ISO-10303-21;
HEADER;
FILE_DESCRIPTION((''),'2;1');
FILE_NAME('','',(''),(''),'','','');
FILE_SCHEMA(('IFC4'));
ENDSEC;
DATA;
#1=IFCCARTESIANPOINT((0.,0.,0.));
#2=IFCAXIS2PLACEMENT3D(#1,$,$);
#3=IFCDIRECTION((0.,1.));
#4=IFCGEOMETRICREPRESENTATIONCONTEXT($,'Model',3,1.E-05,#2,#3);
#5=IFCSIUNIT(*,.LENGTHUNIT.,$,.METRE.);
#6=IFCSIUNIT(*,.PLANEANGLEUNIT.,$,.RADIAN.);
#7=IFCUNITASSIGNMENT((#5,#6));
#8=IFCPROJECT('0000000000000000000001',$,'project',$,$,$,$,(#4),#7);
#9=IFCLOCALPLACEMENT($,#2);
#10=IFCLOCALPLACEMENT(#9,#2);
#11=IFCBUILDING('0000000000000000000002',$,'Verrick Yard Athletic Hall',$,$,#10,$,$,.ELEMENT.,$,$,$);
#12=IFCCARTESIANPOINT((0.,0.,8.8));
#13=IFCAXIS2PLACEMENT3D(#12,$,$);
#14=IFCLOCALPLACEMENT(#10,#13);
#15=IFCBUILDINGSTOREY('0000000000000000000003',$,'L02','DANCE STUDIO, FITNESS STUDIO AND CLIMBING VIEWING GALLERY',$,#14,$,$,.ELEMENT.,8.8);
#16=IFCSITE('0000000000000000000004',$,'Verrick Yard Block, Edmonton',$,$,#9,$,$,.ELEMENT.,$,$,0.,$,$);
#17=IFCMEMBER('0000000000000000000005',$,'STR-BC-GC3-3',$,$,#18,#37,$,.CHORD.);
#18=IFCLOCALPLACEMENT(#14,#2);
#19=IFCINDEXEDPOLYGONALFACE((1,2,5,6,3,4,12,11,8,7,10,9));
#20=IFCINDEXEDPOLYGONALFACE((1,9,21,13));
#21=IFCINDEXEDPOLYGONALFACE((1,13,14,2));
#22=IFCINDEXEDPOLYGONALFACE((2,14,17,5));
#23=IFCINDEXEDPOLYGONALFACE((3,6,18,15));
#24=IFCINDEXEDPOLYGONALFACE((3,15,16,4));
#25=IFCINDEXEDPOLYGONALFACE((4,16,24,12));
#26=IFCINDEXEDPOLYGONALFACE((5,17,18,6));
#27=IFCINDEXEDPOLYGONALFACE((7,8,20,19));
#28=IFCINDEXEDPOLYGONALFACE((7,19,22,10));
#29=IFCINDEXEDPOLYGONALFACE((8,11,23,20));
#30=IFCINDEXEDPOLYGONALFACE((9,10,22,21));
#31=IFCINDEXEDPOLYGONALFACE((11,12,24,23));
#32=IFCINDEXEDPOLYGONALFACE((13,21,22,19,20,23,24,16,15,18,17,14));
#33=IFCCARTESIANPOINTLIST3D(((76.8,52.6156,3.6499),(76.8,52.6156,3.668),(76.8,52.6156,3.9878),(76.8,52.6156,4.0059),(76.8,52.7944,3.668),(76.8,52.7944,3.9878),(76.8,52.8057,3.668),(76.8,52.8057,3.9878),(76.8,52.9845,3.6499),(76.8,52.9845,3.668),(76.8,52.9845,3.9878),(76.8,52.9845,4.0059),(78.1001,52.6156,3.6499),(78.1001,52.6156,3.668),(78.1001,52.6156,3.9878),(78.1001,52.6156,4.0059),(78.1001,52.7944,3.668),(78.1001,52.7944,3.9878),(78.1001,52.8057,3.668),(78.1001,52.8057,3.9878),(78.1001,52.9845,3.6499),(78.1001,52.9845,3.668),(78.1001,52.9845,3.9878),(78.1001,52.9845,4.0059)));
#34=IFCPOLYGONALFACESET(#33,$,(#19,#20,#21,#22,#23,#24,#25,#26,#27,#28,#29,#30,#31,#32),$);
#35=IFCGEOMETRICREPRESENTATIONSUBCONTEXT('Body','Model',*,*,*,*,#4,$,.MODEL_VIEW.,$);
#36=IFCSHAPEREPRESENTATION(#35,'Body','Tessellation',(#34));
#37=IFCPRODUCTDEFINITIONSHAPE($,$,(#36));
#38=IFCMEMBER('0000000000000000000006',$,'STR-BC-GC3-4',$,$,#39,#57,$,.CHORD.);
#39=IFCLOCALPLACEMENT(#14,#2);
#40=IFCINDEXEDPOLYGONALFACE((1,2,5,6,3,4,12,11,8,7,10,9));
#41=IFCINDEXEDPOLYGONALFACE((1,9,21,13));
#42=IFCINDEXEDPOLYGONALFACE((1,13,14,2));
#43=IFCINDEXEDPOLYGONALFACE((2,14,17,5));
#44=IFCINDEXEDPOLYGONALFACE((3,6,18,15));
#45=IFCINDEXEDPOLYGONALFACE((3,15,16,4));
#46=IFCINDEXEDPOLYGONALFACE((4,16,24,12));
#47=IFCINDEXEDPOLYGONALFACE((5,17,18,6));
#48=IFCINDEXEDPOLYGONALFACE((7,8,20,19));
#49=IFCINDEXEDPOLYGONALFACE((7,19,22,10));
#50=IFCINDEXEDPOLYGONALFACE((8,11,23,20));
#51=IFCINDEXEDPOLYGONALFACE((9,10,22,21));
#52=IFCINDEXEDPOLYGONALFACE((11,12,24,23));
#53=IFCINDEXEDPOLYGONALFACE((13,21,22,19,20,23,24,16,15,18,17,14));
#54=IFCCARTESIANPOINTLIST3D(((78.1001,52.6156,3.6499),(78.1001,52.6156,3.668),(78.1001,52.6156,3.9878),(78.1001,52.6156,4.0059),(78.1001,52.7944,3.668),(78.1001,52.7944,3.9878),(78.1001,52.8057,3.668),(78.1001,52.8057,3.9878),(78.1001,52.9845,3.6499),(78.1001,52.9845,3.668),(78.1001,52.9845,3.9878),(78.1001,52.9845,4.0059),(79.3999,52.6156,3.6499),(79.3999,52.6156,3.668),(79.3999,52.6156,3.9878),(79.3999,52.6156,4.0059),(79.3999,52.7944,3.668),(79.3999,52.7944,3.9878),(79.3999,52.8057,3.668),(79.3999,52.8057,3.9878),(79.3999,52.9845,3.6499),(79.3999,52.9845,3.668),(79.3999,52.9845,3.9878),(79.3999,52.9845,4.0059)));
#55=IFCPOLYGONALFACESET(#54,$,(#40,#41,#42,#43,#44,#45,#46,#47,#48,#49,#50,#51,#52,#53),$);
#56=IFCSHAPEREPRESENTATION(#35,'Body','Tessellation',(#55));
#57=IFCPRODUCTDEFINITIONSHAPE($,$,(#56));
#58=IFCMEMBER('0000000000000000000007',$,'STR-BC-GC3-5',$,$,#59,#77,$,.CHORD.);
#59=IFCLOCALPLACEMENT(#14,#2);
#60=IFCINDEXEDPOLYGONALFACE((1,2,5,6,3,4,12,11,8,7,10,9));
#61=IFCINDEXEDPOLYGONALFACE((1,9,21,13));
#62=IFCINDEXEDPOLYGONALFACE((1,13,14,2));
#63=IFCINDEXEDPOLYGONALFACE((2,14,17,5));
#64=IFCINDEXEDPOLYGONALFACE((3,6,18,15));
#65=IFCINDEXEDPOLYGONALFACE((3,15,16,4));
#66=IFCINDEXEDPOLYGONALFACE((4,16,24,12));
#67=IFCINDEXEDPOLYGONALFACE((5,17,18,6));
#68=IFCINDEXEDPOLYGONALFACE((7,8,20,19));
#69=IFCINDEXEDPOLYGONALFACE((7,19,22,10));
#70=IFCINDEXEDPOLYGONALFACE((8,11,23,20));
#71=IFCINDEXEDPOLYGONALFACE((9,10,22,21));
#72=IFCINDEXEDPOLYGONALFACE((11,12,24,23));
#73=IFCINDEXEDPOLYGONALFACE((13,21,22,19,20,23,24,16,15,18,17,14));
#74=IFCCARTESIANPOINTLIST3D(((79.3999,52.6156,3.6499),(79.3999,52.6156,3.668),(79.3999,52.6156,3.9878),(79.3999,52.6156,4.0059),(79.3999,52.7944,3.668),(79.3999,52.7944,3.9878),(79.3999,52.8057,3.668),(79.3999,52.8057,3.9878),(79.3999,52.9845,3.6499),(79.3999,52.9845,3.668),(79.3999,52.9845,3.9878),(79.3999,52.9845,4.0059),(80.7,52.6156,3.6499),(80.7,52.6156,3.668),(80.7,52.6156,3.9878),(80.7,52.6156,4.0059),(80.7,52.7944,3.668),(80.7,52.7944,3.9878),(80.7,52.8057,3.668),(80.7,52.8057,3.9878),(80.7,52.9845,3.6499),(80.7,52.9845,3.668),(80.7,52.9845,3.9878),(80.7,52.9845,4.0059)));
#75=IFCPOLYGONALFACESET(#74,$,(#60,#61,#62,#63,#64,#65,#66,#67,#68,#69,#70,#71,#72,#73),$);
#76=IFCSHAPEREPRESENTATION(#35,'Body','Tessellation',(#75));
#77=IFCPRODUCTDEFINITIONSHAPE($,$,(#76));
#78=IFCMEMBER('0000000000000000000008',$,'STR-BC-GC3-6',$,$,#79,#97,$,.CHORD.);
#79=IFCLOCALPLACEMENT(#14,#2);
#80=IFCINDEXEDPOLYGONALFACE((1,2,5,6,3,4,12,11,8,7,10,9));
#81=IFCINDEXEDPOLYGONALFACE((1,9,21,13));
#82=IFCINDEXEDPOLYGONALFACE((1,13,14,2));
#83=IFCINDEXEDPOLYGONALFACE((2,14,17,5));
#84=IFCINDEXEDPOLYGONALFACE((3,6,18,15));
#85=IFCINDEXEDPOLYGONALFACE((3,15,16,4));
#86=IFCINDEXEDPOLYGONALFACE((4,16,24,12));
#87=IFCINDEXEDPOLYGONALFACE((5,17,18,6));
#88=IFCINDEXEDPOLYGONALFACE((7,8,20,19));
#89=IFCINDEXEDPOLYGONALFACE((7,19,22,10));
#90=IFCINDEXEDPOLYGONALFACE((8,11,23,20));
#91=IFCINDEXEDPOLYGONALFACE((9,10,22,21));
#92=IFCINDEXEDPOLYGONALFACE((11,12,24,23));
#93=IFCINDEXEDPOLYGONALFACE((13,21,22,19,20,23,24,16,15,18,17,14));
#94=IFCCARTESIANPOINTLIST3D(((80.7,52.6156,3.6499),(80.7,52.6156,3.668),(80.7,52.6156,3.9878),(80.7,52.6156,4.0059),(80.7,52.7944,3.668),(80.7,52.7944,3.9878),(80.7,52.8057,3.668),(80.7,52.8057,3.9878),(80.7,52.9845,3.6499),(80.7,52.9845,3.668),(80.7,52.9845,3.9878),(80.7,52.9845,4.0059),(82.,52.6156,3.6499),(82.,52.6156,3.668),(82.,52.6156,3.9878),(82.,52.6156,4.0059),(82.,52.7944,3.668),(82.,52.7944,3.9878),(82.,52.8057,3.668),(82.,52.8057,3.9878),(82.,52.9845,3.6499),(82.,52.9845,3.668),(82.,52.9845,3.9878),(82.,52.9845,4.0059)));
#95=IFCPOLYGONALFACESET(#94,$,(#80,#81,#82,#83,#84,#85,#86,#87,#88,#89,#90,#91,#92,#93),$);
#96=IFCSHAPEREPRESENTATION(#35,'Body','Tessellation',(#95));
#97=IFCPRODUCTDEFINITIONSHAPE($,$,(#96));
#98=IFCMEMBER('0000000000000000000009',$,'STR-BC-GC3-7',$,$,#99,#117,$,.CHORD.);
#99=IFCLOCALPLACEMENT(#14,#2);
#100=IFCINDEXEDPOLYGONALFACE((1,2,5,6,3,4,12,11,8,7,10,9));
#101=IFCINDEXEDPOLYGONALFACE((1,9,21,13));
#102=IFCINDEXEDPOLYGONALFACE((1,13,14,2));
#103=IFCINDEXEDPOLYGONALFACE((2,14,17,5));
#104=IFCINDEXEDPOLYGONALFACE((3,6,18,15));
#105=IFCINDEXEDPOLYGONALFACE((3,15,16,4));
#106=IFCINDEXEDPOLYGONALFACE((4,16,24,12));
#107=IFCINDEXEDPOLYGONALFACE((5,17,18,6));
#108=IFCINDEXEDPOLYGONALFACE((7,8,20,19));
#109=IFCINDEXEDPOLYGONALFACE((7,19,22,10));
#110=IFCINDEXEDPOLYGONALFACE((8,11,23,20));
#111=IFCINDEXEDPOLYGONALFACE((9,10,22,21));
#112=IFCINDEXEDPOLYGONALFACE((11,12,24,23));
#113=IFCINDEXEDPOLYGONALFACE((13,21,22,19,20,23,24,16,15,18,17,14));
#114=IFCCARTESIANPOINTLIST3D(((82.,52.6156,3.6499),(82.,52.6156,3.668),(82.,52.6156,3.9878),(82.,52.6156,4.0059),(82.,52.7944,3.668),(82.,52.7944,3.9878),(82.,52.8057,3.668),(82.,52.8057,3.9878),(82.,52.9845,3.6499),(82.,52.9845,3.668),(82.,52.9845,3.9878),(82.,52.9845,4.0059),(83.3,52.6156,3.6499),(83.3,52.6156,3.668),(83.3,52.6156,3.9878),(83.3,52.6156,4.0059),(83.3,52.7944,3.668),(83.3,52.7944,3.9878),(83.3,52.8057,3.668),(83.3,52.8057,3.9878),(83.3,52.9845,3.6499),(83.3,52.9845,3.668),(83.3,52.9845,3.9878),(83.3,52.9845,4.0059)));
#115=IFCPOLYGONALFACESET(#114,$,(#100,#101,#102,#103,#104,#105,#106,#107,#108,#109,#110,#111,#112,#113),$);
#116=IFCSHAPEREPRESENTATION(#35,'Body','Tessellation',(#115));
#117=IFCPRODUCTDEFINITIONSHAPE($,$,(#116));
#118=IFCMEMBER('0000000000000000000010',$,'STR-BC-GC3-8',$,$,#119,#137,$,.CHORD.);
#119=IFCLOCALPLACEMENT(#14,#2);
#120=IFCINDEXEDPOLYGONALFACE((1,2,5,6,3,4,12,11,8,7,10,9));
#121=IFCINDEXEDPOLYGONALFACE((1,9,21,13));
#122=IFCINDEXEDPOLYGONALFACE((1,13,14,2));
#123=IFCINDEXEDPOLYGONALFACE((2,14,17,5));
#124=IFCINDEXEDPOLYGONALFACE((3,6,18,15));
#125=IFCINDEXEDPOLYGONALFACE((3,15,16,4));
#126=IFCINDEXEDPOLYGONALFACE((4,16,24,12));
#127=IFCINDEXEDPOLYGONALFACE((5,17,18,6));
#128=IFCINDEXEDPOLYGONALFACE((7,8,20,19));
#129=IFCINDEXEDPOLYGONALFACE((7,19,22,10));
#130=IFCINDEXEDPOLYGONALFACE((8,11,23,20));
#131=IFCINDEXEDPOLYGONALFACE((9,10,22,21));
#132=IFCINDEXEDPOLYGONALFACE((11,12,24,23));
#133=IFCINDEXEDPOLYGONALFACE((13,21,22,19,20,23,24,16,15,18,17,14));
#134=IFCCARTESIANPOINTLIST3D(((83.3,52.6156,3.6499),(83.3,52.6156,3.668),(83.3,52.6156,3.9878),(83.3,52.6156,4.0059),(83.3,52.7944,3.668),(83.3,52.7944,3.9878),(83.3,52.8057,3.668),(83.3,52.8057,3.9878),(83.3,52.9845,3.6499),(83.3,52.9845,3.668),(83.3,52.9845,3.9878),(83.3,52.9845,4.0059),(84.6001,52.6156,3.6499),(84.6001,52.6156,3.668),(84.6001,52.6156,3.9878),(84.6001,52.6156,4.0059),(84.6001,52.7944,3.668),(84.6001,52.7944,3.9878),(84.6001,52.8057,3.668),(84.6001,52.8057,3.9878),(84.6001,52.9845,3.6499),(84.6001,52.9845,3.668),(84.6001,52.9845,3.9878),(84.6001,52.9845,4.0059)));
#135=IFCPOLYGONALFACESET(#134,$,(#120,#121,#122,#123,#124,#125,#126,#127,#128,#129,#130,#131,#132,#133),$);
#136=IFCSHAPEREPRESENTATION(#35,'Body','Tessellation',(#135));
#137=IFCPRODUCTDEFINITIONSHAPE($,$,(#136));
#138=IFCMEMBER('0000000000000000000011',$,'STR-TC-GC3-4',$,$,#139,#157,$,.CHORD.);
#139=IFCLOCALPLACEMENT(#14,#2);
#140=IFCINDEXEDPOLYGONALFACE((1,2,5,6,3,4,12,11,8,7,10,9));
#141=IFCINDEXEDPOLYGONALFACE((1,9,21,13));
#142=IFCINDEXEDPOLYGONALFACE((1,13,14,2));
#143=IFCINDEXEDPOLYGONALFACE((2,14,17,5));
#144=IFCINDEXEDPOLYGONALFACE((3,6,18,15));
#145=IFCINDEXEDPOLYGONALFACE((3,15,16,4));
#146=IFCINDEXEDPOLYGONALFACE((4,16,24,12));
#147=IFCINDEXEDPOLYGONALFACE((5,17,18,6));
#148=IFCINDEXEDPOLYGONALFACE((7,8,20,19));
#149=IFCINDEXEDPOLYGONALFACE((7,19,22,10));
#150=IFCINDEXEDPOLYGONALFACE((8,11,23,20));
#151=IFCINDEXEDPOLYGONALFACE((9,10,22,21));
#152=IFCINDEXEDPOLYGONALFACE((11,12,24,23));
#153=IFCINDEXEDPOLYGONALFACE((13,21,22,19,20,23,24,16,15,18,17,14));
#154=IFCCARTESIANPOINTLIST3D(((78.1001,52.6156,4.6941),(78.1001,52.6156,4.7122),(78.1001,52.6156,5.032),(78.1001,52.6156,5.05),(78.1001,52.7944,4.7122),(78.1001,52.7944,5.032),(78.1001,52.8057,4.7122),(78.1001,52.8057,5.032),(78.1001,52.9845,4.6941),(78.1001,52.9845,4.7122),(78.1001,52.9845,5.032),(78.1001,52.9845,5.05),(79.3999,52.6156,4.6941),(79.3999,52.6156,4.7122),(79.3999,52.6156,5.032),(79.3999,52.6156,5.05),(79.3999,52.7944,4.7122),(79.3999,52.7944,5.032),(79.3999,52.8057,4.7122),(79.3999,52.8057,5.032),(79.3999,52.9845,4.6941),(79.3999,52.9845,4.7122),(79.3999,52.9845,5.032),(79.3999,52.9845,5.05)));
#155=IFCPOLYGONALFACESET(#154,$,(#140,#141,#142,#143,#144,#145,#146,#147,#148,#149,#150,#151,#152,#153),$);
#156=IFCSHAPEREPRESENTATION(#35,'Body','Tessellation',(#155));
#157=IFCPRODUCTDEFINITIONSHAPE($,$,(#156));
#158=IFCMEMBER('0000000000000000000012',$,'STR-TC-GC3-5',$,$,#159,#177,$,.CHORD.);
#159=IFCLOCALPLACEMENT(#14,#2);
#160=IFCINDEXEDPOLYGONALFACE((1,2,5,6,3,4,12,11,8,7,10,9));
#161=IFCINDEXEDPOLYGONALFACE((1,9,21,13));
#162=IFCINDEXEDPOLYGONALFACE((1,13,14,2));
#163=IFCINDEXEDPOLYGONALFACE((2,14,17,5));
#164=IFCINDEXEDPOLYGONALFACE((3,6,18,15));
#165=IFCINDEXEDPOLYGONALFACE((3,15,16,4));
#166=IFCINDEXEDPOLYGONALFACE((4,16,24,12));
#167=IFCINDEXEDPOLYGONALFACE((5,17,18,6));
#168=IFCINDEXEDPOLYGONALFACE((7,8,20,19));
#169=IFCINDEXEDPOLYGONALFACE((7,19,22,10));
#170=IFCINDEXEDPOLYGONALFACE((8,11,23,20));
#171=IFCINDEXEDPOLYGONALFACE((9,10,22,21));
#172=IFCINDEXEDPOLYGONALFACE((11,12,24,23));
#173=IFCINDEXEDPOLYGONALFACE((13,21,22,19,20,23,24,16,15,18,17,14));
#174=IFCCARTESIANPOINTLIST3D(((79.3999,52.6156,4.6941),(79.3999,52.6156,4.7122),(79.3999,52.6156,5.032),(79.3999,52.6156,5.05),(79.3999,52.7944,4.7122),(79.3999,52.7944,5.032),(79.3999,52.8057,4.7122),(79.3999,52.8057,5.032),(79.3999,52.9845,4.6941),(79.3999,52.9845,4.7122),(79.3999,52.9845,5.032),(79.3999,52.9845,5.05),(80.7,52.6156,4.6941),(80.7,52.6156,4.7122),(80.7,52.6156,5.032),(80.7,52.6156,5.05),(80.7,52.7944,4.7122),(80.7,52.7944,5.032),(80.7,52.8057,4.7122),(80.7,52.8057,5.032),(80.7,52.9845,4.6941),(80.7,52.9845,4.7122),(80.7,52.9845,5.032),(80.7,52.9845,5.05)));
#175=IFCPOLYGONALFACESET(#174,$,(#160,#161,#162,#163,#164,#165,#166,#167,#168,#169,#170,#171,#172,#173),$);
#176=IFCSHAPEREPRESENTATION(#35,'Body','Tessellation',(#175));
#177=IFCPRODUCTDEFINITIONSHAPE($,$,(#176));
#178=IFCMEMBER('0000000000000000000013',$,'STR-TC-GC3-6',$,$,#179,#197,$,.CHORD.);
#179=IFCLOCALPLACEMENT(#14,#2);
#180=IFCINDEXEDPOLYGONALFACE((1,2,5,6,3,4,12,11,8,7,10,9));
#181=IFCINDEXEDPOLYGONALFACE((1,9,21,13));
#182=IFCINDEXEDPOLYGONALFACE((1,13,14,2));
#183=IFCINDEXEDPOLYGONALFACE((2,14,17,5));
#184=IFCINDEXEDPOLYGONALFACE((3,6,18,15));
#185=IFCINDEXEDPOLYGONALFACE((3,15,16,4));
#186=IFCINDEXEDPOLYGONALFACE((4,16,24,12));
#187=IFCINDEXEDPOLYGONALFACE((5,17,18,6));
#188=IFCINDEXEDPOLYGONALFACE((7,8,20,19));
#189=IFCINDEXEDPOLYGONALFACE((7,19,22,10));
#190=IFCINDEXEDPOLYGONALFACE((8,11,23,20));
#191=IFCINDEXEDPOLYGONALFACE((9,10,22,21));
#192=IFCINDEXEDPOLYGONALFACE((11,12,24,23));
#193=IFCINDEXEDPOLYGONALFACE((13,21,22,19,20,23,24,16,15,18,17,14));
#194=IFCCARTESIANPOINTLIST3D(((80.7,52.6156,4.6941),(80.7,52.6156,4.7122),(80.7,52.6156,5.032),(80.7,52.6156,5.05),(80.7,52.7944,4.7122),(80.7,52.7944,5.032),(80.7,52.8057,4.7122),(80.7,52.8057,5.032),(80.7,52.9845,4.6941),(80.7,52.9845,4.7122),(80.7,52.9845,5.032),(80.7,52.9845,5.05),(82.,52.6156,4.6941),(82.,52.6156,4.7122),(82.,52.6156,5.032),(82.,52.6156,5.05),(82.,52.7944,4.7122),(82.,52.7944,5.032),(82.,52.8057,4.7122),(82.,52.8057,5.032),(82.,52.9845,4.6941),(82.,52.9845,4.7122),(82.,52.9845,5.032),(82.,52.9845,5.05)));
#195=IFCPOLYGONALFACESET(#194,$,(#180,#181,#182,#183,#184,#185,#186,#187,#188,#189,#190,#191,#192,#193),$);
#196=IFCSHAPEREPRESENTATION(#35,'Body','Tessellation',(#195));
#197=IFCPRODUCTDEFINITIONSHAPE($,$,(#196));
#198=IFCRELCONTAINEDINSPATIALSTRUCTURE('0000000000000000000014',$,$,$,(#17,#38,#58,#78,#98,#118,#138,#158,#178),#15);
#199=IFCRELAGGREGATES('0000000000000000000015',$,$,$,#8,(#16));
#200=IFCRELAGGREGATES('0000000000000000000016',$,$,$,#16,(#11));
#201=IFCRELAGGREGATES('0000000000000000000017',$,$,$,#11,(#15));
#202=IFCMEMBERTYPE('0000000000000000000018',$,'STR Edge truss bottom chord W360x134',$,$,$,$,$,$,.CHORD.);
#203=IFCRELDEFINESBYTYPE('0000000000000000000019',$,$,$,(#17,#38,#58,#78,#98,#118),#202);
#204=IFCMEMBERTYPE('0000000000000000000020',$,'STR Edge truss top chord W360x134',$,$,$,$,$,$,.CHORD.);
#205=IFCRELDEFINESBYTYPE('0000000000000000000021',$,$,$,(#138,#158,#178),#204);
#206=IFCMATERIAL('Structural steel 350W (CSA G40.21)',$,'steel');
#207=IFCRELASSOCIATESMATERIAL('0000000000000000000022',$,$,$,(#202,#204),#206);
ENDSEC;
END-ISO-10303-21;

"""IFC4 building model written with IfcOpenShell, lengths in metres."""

from ifc_helpers import new_model, si_unit, direction, frame, origin, origin_2d, place, context, subcontext, project, spatial, i_section, extrude, material, material_profile, profile_set, type_object, element, save


model = new_model("IFC4")

# Units and contexts
model_context = context("Model", 3, precision=1e-05, world=origin(), true_north=direction((0.0, 1.0)))
body_context = subcontext(model_context, "Body", "Model", "MODEL_VIEW")
ifc_project = project(units=[si_unit("LENGTHUNIT", "METRE"), si_unit("PLANEANGLEUNIT", "RADIAN")], contexts=[model_context])

# Site, building, storey
site_placement = place(None, origin())
site = spatial("IfcSite", under=ifc_project, at=site_placement, Name="Verrick Yard Block, Edmonton", CompositionType="ELEMENT", RefElevation=0.0)
building_placement = place(site_placement, origin())
building = spatial("IfcBuilding", under=site, at=building_placement, Name="Verrick Yard Athletic Hall", CompositionType="ELEMENT")
storey_placement = place(building_placement, frame((0.0, 0.0, 8.8)))
storey = spatial("IfcBuildingStorey", under=building, at=storey_placement, Name="L02", Description="DANCE STUDIO, FITNESS STUDIO AND CLIMBING VIEWING GALLERY", CompositionType="ELEMENT", Elevation=8.8)

# Members
ifc_material_1 = material(Name="Structural steel 350W (CSA G40.21)", Category="steel")
ifc_material_profile_1 = material_profile(ifc_material_1, i_section(OverallWidth=0.3689, OverallDepth=0.356, WebThickness=0.0112, FlangeThickness=0.0181, at=origin_2d()), Name="W360x134")
ifc_profile_set_1 = profile_set([ifc_material_profile_1], Name="Structural steel 350W (CSA G40.21)")
member_type_1 = type_object("IfcMemberType", Name="STR Edge truss bottom chord W360x134", PredefinedType="CHORD", material=ifc_profile_set_1)
member_1_placement = place(storey_placement, frame((76.8, 52.8, 3.8279), z_axis=(1.0, 0.0, 0.0), x_axis=(0.0, 1.0, 0.0)))
element("IfcMember", 1, at=member_1_placement, inside=storey, type_object=member_type_1, Name="STR-BC-GC3-3", PredefinedType="CHORD", context=body_context, shape_type="SweptSolid", body=[
    extrude(i_section(OverallWidth=0.3689, OverallDepth=0.356, WebThickness=0.0112, FlangeThickness=0.0181, at=origin_2d()), origin(), (0.0, 0.0, 1.0), 1.3),
])
member_2_placement = place(storey_placement, frame((78.1001, 52.8, 3.8279), z_axis=(1.0, 0.0, 0.0), x_axis=(0.0, 1.0, 0.0)))
element("IfcMember", 2, at=member_2_placement, inside=storey, type_object=member_type_1, Name="STR-BC-GC3-4", PredefinedType="CHORD", context=body_context, shape_type="SweptSolid", body=[
    extrude(i_section(OverallWidth=0.3689, OverallDepth=0.356, WebThickness=0.0112, FlangeThickness=0.0181, at=origin_2d()), origin(), (0.0, 0.0, 1.0), 1.2998),
])
for number, where, z_axis, x_axis, name in (
    (3, (79.3999, 52.8, 3.8279), (1.0, 0.0, 0.0), (0.0, 1.0, 0.0), "STR-BC-GC3-5"),
    (4, (80.7, 52.8, 3.8279), (1.0, 0.0, 0.0), (0.0, 1.0, 0.0), "STR-BC-GC3-6"),
    (5, (82.0, 52.8, 3.8279), (1.0, 0.0, 0.0), (0.0, 1.0, 0.0), "STR-BC-GC3-7"),
    (6, (83.3, 52.8, 3.8279), (1.0, 0.0, 0.0), (0.0, 1.0, 0.0), "STR-BC-GC3-8"),
):
    element("IfcMember", number, at=place(storey_placement, frame(where, z_axis=z_axis, x_axis=x_axis)), inside=storey, type_object=member_type_1, Name=name, PredefinedType="CHORD", context=body_context, shape_type="SweptSolid", body=[
        extrude(i_section(OverallWidth=0.3689, OverallDepth=0.356, WebThickness=0.0112, FlangeThickness=0.0181, at=origin_2d()), origin(), (0.0, 0.0, 1.0), 1.3),
    ])
ifc_material_profile_2 = material_profile(ifc_material_1, i_section(OverallWidth=0.3689, OverallDepth=0.356, WebThickness=0.0112, FlangeThickness=0.0181, at=origin_2d()), Name="W360x134")
ifc_profile_set_2 = profile_set([ifc_material_profile_2], Name="Structural steel 350W (CSA G40.21)")
member_type_2 = type_object("IfcMemberType", Name="STR Edge truss top chord W360x134", PredefinedType="CHORD", material=ifc_profile_set_2)
member_3_placement = place(storey_placement, frame((78.1001, 52.8, 4.8721), z_axis=(1.0, 0.0, 0.0), x_axis=(0.0, 1.0, 0.0)))
element("IfcMember", 7, at=member_3_placement, inside=storey, type_object=member_type_2, Name="STR-TC-GC3-4", PredefinedType="CHORD", context=body_context, shape_type="SweptSolid", body=[
    extrude(i_section(OverallWidth=0.3689, OverallDepth=0.356, WebThickness=0.0112, FlangeThickness=0.0181, at=origin_2d()), origin(), (0.0, 0.0, 1.0), 1.2998),
])
for number, where, z_axis, x_axis, name in (
    (8, (79.3999, 52.8, 4.8721), (1.0, 0.0, 0.0), (0.0, 1.0, 0.0), "STR-TC-GC3-5"),
    (9, (80.7, 52.8, 4.8721), (1.0, 0.0, 0.0), (0.0, 1.0, 0.0), "STR-TC-GC3-6"),
):
    element("IfcMember", number, at=place(storey_placement, frame(where, z_axis=z_axis, x_axis=x_axis)), inside=storey, type_object=member_type_2, Name=name, PredefinedType="CHORD", context=body_context, shape_type="SweptSolid", body=[
        extrude(i_section(OverallWidth=0.3689, OverallDepth=0.356, WebThickness=0.0112, FlangeThickness=0.0181, at=origin_2d()), origin(), (0.0, 0.0, 1.0), 1.3),
    ])

save(model, "model.ifc")
